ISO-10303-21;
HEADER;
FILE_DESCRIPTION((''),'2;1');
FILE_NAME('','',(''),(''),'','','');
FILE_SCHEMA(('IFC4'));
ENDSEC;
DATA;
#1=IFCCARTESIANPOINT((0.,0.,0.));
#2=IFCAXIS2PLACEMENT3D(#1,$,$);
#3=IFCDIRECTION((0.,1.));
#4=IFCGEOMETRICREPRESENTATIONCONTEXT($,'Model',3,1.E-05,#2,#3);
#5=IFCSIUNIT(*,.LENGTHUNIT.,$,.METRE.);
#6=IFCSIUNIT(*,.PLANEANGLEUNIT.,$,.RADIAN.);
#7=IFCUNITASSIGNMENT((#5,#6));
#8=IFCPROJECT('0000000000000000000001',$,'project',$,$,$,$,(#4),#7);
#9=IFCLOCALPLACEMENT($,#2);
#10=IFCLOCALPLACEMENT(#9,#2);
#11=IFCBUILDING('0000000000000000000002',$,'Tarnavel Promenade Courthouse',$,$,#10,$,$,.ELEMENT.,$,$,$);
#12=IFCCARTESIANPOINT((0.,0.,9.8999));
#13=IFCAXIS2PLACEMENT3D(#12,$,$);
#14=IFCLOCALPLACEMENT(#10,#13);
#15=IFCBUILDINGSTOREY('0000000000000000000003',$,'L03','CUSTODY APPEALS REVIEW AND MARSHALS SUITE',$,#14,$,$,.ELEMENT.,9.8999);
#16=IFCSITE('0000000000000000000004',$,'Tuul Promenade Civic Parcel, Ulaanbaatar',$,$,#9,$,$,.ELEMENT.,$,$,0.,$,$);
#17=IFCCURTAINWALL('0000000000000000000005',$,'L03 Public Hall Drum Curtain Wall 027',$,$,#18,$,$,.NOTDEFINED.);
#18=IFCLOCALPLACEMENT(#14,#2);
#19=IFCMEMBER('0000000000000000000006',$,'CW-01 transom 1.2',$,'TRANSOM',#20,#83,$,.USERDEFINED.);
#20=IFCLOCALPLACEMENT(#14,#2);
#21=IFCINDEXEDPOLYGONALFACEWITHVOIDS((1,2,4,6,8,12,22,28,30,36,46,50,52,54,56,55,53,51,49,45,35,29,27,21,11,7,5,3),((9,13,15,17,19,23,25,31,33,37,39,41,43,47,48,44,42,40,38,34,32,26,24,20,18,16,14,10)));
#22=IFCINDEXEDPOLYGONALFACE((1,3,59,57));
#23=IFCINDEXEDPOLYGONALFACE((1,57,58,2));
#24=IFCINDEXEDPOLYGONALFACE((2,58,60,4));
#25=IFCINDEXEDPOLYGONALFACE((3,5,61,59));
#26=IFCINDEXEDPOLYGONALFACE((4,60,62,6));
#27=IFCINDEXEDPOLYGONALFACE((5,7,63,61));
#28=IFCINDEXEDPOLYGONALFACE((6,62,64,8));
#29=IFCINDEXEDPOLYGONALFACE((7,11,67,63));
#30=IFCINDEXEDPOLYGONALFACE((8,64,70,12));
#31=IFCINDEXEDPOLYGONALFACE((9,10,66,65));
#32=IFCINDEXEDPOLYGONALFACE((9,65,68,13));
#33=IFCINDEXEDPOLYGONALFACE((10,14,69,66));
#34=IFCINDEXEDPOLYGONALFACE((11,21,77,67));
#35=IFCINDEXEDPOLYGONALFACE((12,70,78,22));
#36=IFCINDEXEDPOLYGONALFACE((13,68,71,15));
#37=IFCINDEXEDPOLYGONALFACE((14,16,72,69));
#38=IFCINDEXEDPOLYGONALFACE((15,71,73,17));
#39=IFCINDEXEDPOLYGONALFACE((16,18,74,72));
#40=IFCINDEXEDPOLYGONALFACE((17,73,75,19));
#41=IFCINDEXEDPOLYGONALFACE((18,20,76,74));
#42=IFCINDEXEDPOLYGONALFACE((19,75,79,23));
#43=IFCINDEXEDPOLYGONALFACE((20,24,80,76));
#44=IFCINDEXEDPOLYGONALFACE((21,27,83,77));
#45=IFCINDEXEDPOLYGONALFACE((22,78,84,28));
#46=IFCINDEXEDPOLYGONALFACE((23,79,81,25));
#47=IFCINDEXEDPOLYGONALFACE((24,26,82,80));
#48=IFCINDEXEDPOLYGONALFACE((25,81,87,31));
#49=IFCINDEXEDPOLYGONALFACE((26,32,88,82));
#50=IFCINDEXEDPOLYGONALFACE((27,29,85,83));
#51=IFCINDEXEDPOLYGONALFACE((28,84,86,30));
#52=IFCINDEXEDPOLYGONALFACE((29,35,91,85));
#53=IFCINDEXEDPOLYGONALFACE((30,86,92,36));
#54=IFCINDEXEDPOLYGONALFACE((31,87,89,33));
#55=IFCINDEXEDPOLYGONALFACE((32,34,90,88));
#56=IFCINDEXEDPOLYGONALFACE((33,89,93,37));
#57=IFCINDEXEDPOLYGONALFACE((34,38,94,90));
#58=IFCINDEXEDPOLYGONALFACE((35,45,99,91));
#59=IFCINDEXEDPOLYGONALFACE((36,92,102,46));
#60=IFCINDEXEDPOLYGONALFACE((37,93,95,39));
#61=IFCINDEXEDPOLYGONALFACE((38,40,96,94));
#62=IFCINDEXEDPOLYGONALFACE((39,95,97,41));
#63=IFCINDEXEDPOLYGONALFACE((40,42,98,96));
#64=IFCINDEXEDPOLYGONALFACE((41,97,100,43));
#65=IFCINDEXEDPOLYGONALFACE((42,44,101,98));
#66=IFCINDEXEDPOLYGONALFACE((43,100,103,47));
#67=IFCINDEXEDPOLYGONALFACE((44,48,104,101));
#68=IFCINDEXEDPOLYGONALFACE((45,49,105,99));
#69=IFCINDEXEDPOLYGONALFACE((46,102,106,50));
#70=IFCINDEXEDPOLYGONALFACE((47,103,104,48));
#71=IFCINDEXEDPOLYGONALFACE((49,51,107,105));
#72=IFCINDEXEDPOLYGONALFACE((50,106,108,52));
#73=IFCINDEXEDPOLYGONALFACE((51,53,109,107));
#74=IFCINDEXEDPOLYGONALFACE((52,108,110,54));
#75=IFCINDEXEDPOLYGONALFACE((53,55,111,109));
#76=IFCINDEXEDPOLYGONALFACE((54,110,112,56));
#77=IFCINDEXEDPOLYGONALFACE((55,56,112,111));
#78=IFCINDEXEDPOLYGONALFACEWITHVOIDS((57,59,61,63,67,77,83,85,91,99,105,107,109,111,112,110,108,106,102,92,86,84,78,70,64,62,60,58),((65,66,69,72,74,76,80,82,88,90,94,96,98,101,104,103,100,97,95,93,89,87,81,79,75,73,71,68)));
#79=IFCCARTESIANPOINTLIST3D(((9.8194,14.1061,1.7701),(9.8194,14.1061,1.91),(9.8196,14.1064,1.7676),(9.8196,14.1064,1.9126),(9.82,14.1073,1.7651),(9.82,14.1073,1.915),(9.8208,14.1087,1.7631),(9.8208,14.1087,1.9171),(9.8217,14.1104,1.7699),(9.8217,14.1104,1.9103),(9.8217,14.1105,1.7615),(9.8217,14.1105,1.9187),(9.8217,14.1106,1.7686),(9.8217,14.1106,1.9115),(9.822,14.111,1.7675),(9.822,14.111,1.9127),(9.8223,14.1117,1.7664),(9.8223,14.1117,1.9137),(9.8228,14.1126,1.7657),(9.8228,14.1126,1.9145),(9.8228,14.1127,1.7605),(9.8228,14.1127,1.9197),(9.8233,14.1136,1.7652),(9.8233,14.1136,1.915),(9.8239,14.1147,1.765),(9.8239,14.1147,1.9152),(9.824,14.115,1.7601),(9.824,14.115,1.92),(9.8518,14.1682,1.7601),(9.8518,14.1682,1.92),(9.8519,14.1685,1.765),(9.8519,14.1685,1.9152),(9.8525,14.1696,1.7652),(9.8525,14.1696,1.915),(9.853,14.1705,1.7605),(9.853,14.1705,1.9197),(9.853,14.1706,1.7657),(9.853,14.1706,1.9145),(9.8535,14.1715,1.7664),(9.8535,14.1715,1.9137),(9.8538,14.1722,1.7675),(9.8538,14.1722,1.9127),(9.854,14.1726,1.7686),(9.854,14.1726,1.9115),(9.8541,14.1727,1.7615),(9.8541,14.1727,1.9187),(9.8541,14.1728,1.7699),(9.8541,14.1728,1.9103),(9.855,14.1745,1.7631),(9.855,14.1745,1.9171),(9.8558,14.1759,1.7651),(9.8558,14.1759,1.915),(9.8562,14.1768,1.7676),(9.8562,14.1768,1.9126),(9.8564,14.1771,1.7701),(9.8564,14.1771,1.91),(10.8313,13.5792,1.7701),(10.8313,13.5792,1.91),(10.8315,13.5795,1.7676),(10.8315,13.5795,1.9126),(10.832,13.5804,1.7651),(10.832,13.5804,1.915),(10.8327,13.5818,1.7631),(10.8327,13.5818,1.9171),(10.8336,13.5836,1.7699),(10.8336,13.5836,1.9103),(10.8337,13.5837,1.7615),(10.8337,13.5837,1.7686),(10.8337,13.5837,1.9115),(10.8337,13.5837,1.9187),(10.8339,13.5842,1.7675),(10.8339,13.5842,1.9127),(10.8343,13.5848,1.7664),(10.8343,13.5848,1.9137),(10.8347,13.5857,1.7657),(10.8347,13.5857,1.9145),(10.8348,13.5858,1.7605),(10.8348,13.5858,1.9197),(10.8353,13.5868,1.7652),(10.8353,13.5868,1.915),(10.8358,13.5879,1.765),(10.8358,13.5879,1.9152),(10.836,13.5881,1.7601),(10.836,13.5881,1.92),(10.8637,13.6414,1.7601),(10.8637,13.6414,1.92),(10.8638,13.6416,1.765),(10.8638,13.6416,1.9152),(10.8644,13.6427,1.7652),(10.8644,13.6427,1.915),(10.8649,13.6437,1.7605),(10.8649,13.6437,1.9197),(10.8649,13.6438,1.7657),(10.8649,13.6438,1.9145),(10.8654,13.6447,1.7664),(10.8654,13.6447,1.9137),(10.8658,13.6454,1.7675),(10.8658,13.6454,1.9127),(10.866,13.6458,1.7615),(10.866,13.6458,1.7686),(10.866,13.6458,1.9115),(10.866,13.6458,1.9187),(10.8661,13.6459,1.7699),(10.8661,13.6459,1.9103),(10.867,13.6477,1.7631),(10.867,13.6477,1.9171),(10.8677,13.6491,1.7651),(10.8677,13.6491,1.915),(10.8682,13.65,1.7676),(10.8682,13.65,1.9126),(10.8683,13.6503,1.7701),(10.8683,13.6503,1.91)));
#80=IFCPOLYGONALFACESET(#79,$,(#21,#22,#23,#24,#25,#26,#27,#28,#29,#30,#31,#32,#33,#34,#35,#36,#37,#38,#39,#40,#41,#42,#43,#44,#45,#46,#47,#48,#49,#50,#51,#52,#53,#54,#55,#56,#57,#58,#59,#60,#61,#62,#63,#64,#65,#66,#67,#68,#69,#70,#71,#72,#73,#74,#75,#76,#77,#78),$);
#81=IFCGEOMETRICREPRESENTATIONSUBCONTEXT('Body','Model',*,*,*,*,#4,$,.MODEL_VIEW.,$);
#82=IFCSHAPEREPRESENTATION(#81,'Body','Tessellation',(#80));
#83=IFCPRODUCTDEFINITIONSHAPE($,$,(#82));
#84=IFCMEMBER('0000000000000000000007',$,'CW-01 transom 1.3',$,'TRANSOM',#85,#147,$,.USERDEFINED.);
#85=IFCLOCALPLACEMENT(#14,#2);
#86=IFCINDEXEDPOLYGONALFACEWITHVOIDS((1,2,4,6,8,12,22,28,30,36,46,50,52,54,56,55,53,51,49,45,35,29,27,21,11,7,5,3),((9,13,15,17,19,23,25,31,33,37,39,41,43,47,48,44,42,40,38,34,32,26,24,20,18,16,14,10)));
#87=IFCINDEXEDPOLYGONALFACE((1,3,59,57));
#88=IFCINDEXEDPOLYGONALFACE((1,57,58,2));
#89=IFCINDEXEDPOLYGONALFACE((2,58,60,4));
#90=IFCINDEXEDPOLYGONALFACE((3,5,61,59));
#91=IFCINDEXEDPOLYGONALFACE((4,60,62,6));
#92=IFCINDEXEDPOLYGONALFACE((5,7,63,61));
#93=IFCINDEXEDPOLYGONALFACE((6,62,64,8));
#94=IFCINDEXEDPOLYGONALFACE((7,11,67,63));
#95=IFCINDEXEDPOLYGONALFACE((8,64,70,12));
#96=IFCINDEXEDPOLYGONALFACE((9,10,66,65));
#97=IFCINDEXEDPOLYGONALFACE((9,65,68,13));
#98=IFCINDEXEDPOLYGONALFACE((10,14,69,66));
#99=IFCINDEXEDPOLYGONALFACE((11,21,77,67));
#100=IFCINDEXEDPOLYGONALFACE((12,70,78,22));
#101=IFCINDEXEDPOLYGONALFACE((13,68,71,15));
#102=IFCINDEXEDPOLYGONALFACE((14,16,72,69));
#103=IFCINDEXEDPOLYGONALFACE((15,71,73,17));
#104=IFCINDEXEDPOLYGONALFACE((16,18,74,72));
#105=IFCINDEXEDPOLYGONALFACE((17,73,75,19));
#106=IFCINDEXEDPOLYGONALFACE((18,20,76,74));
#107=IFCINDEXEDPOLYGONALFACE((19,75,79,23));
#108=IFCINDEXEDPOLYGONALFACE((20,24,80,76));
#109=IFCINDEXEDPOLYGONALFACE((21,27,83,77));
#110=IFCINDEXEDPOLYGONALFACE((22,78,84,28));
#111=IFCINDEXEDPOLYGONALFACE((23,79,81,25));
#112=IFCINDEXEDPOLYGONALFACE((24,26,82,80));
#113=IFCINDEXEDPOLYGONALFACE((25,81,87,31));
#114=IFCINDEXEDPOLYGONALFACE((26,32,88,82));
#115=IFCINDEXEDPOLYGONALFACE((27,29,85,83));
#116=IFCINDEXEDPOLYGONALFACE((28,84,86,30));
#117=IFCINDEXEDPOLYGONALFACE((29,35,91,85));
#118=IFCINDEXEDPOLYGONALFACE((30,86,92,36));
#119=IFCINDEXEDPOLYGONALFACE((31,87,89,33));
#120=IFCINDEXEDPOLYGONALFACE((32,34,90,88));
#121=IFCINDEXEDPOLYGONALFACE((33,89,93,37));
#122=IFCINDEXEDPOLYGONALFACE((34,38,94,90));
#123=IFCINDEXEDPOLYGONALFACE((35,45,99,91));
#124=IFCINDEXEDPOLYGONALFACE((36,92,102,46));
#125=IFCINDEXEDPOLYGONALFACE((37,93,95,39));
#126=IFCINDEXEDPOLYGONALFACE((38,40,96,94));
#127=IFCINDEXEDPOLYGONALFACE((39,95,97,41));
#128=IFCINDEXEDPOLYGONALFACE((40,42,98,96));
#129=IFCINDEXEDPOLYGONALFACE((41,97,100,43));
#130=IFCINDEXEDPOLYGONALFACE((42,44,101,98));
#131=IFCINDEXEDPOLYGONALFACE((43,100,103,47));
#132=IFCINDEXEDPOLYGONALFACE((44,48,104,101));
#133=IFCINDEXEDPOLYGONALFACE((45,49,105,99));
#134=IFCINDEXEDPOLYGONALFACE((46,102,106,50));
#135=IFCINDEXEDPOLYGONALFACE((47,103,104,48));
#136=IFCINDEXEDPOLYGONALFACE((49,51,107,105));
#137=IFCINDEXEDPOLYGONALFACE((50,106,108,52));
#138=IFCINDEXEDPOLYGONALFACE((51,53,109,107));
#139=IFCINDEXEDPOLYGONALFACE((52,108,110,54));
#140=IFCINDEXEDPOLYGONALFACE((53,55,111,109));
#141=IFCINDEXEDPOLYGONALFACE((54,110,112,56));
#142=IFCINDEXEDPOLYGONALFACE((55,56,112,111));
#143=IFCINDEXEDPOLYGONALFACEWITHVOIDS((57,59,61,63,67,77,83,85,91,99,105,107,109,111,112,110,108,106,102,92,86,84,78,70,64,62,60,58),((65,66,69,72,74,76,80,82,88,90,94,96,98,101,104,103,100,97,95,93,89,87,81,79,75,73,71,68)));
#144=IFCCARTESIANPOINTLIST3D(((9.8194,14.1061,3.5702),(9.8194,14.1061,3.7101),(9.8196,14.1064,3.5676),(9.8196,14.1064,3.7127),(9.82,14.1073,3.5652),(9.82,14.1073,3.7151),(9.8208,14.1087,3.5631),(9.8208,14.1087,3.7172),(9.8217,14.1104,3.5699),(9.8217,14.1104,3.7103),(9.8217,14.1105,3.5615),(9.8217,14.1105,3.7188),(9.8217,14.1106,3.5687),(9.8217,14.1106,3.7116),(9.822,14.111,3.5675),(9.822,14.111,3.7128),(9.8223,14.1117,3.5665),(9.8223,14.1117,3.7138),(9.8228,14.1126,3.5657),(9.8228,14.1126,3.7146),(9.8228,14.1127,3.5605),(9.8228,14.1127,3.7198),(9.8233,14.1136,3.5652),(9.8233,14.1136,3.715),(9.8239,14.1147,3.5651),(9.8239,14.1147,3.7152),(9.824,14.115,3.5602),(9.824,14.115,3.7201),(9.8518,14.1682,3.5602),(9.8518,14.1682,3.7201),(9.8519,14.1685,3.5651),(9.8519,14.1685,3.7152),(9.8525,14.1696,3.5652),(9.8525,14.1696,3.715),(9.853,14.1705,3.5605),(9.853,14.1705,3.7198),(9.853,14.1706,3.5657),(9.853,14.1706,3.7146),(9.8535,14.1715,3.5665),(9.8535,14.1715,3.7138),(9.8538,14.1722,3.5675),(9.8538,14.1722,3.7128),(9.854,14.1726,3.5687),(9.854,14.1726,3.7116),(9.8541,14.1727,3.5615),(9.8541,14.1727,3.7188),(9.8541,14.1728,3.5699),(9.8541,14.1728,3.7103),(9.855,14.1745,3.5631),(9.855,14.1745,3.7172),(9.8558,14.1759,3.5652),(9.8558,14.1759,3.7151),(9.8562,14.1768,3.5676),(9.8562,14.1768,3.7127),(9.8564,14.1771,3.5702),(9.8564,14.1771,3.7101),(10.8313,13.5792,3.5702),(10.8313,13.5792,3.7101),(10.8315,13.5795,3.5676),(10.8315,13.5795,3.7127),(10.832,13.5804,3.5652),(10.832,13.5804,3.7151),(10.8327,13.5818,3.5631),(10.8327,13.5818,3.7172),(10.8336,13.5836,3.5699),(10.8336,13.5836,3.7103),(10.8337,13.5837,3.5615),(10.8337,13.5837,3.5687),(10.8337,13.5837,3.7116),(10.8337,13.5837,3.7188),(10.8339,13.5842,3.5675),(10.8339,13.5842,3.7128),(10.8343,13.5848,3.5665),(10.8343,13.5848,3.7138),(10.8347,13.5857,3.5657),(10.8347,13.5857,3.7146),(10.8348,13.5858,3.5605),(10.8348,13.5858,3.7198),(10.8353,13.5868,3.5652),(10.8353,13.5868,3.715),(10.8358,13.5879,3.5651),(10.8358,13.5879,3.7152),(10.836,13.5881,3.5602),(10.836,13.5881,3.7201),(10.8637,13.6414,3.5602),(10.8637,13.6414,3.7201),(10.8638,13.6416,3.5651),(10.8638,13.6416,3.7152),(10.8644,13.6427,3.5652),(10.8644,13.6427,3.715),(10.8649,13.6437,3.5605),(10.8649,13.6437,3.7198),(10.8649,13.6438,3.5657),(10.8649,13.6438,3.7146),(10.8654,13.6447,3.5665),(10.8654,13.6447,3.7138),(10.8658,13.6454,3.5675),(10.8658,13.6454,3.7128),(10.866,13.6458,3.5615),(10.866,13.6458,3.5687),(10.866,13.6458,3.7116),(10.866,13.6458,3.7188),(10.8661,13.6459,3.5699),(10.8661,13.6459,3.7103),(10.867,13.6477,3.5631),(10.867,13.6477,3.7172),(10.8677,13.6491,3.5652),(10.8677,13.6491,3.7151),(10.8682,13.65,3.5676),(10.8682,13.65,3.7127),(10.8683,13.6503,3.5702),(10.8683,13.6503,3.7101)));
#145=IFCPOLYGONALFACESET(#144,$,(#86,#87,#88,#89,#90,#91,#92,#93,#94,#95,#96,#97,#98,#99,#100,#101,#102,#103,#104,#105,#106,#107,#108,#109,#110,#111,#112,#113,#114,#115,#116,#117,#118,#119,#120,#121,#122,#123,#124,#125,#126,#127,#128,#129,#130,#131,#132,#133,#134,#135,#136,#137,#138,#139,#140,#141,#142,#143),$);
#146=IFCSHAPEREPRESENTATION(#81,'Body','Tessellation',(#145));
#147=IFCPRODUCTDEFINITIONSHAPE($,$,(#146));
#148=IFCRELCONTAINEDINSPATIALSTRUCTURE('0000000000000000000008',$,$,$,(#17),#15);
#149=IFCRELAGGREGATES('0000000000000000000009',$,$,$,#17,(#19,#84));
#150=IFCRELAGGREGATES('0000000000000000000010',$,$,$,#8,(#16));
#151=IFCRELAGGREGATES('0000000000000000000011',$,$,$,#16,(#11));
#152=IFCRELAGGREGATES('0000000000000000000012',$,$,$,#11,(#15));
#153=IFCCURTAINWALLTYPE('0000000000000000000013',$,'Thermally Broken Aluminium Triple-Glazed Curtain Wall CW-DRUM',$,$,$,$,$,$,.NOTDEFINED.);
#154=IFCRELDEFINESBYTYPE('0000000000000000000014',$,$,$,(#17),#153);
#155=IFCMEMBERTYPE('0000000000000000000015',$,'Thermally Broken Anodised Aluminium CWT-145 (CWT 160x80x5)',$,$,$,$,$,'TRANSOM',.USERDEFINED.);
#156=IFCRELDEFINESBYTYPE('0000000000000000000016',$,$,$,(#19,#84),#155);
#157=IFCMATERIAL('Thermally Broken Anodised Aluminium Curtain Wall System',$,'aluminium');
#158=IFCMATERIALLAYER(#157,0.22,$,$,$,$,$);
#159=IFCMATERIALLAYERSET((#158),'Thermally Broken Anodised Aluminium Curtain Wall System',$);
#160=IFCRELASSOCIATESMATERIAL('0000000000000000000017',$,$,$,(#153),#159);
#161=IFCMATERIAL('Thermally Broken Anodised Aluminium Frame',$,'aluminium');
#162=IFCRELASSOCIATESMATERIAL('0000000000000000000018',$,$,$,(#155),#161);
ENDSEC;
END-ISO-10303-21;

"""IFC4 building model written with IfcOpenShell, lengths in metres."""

from ifc_helpers import new_model, si_unit, direction, frame, origin, origin_2d, place, context, subcontext, project, spatial, hollow_rectangle, extrude, material, layer, layer_set, material_profile, profile_set, type_object, element, aggregate, save


model = new_model("IFC4")

# Units and contexts
model_context = context("Model", 3, precision=1e-05, world=origin(), true_north=direction((0.0, 1.0)))
body_context = subcontext(model_context, "Body", "Model", "MODEL_VIEW")
ifc_project = project(units=[si_unit("LENGTHUNIT", "METRE"), si_unit("PLANEANGLEUNIT", "RADIAN")], contexts=[model_context])

# Site, building, storey
site_placement = place(None, origin())
site = spatial("IfcSite", under=ifc_project, at=site_placement, Name="Tuul Promenade Civic Parcel, Ulaanbaatar", CompositionType="ELEMENT", RefElevation=0.0)
building_placement = place(site_placement, origin())
building = spatial("IfcBuilding", under=site, at=building_placement, Name="Tarnavel Promenade Courthouse", CompositionType="ELEMENT")
storey_placement = place(building_placement, frame((0.0, 0.0, 9.8999)))
storey = spatial("IfcBuildingStorey", under=building, at=storey_placement, Name="L03", Description="CUSTODY APPEALS REVIEW AND MARSHALS SUITE", CompositionType="ELEMENT", Elevation=9.8999)

# Curtain wall, members
ifc_material_1 = material(Name="Thermally Broken Anodised Aluminium Curtain Wall System", Category="aluminium")
ifc_layer_1 = layer(ifc_material_1, 0.22)
ifc_layer_set_1 = layer_set([ifc_layer_1], Name="Thermally Broken Anodised Aluminium Curtain Wall System")
curtain_wall_type = type_object("IfcCurtainWallType", Name="Thermally Broken Aluminium Triple-Glazed Curtain Wall CW-DRUM", PredefinedType="NOTDEFINED", material=ifc_layer_set_1)
curtain_wall_placement = place(storey_placement, origin())
curtain_wall = element("IfcCurtainWall", 1, at=curtain_wall_placement, inside=storey, type_object=curtain_wall_type, Name="L03 Public Hall Drum Curtain Wall 027", PredefinedType="NOTDEFINED")
ifc_material_2 = material(Name="Thermally Broken Anodised Aluminium Frame", Category="aluminium")
ifc_material_profile_1 = material_profile(ifc_material_2, hollow_rectangle(XDim=0.0801, YDim=0.1599, WallThickness=0.0049, InnerFilletRadius=0.0049, OuterFilletRadius=0.01, at=origin_2d()), Name="CWT 160x80x5")
ifc_profile_set_1 = profile_set([ifc_material_profile_1], Name="Thermally Broken Anodised Aluminium Frame")
member_type_1 = type_object("IfcMemberType", Name="Thermally Broken Anodised Aluminium CWT-145 (CWT 160x80x5)", ElementType="TRANSOM", PredefinedType="USERDEFINED", material=ifc_profile_set_1)
member_1_placement = place(storey_placement, frame((9.8379, 14.1416, 1.8401), z_axis=(0.886989, -0.461791, 0.0), x_axis=(0.461791, 0.886989, 0.0)))
member_1 = element("IfcMember", 2, at=member_1_placement, type_object=member_type_1, Name="CW-01 transom 1.2", ObjectType="TRANSOM", PredefinedType="USERDEFINED", context=body_context, shape_type="SweptSolid", body=[
    extrude(hollow_rectangle(XDim=0.0801, YDim=0.1599, WallThickness=0.0049, InnerFilletRadius=0.0049, OuterFilletRadius=0.01, at=origin_2d()), origin(), (0.0, 0.0, 1.0), 1.1409),
])
member_2_placement = place(storey_placement, frame((9.8379, 14.1416, 3.6401), z_axis=(0.886989, -0.461791, 0.0), x_axis=(0.461791, 0.886989, 0.0)))
member_2 = element("IfcMember", 3, at=member_2_placement, type_object=member_type_1, Name="CW-01 transom 1.3", ObjectType="TRANSOM", PredefinedType="USERDEFINED", context=body_context, shape_type="SweptSolid", body=[
    extrude(hollow_rectangle(XDim=0.0801, YDim=0.1599, WallThickness=0.0049, InnerFilletRadius=0.0049, OuterFilletRadius=0.01, at=origin_2d()), origin(), (0.0, 0.0, 1.0), 1.1409),
])

aggregate(curtain_wall, [member_1, member_2])

save(model, "model.ifc")
